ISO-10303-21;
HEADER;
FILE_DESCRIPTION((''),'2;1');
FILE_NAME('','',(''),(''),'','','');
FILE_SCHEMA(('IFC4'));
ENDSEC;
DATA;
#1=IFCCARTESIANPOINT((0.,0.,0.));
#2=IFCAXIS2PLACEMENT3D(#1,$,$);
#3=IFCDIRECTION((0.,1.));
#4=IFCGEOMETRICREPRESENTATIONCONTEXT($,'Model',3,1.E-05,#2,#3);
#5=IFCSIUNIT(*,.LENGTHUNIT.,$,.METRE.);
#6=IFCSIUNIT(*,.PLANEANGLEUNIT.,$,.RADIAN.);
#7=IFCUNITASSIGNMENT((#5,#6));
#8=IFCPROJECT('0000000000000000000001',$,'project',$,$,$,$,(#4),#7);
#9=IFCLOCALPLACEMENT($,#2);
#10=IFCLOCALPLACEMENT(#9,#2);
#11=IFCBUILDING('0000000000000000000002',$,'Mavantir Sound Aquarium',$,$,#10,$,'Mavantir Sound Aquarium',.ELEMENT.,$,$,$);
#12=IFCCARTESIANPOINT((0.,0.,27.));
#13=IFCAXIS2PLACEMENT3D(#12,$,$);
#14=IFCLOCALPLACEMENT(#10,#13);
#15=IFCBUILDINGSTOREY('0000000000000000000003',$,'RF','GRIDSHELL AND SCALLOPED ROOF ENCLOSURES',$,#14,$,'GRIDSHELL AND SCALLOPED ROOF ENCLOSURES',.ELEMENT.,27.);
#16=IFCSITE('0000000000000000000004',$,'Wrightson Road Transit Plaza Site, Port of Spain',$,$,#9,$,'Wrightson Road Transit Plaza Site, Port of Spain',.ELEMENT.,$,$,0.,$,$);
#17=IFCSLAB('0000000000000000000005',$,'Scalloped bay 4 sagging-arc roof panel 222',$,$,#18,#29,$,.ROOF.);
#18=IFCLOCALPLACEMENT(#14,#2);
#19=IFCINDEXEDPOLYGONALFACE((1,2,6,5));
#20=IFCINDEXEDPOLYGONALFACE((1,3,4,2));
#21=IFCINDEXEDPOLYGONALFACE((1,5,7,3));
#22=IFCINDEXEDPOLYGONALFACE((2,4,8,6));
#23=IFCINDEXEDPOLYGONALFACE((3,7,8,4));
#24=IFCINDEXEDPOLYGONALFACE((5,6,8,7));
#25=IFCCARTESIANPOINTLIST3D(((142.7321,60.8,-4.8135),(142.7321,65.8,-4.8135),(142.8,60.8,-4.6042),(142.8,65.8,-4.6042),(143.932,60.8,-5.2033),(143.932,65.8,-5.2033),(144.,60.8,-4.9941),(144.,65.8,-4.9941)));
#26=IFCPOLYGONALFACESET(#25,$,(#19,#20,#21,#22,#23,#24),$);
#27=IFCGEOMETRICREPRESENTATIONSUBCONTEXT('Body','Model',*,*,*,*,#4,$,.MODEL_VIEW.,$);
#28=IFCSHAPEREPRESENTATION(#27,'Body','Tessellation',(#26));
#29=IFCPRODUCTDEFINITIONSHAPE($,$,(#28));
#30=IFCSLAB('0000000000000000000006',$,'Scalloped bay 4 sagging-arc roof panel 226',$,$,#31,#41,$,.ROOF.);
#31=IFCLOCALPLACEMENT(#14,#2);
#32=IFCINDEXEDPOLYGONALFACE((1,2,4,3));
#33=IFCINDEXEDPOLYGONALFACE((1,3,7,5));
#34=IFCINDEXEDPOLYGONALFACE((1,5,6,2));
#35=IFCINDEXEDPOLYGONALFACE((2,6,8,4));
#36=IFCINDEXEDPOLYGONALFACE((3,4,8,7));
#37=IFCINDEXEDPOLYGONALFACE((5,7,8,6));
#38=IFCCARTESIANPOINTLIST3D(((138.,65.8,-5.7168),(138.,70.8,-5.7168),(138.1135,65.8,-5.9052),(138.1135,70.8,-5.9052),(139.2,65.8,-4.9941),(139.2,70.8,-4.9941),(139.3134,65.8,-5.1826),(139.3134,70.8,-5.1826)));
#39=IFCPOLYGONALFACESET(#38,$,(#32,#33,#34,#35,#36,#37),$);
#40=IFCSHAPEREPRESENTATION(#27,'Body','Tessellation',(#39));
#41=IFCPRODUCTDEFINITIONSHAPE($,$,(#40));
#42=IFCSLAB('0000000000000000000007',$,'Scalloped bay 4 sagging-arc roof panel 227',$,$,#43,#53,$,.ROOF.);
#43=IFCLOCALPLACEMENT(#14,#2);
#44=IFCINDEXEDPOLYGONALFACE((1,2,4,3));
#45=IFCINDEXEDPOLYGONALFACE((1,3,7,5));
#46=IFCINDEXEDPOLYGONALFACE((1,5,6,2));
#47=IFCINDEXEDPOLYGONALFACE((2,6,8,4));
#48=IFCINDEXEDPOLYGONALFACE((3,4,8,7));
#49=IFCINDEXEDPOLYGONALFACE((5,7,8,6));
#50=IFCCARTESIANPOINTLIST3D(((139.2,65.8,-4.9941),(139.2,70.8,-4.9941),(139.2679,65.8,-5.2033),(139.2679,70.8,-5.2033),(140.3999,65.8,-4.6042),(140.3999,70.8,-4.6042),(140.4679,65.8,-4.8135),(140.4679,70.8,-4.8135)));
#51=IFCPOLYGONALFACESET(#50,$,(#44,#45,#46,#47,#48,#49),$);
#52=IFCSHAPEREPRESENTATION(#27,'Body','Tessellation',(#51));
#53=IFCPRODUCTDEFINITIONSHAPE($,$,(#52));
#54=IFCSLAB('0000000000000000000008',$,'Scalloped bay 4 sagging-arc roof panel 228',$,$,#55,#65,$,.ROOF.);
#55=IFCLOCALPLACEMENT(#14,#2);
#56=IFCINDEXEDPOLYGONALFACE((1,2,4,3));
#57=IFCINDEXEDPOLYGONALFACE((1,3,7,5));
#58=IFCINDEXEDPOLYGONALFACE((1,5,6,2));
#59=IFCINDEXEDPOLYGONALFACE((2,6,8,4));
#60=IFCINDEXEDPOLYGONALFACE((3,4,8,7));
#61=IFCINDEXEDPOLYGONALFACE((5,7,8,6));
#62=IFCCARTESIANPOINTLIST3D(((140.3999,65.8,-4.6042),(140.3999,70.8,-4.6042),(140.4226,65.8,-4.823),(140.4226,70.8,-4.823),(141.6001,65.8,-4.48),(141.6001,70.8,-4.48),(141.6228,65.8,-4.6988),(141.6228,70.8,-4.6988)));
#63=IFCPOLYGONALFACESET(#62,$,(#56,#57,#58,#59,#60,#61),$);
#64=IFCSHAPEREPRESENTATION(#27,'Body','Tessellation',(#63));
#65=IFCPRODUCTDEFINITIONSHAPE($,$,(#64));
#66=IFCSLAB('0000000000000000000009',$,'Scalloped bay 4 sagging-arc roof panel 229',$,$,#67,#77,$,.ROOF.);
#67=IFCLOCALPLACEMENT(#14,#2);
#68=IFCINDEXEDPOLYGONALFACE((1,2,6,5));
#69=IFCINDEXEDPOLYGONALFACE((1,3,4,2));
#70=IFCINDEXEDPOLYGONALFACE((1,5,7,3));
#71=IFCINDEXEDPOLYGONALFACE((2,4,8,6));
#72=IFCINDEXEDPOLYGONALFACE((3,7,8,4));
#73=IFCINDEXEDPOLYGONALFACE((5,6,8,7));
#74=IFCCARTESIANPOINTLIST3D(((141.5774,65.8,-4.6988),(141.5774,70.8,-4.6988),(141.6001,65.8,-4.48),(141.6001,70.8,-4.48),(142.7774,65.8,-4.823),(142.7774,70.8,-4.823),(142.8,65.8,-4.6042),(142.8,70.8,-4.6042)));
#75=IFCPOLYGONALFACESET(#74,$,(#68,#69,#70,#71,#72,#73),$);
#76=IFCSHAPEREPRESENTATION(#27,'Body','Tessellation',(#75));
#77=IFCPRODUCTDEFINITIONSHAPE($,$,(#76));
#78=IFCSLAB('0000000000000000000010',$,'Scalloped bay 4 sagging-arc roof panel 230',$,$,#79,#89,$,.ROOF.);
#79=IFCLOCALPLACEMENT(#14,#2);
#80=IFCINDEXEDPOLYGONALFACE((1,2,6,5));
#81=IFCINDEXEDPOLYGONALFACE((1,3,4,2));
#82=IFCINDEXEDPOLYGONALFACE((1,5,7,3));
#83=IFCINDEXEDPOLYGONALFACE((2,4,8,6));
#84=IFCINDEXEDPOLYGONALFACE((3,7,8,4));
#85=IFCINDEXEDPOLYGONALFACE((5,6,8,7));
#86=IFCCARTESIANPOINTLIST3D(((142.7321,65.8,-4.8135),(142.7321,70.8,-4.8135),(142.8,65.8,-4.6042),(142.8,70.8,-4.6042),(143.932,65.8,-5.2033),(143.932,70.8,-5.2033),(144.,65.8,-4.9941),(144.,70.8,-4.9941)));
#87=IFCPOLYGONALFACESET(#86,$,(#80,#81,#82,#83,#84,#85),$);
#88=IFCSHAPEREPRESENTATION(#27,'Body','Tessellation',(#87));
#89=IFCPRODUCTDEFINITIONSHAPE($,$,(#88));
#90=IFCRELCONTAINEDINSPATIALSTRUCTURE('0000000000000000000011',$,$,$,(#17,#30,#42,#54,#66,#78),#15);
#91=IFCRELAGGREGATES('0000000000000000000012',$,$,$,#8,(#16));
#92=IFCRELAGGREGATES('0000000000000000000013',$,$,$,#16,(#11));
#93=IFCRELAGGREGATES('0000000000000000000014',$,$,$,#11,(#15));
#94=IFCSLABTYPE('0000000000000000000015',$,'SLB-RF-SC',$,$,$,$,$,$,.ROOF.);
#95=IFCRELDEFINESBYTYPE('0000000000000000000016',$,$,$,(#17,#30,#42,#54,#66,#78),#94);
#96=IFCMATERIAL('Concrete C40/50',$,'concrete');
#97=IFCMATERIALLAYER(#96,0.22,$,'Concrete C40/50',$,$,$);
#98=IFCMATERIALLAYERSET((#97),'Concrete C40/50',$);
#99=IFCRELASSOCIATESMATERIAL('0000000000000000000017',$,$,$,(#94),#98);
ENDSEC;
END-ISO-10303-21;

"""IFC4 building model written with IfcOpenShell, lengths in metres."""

from ifc_helpers import new_model, si_unit, direction, frame, origin, place, context, subcontext, project, spatial, polyline, outline, extrude, material, layer, layer_set, type_object, element, save


model = new_model("IFC4")

# Units and contexts
model_context = context("Model", 3, precision=1e-05, world=origin(), true_north=direction((0.0, 1.0)))
body_context = subcontext(model_context, "Body", "Model", "MODEL_VIEW")
ifc_project = project(units=[si_unit("LENGTHUNIT", "METRE"), si_unit("PLANEANGLEUNIT", "RADIAN")], contexts=[model_context])

# Site, building, storey
site_placement = place(None, origin())
site = spatial("IfcSite", under=ifc_project, at=site_placement, Name="Wrightson Road Transit Plaza Site, Port of Spain", LongName="Wrightson Road Transit Plaza Site, Port of Spain", CompositionType="ELEMENT", RefElevation=0.0)
building_placement = place(site_placement, origin())
building = spatial("IfcBuilding", under=site, at=building_placement, Name="Mavantir Sound Aquarium", LongName="Mavantir Sound Aquarium", CompositionType="ELEMENT")
storey_placement = place(building_placement, frame((0.0, 0.0, 27.0)))
storey = spatial("IfcBuildingStorey", under=building, at=storey_placement, Name="RF", Description="GRIDSHELL AND SCALLOPED ROOF ENCLOSURES", LongName="GRIDSHELL AND SCALLOPED ROOF ENCLOSURES", CompositionType="ELEMENT", Elevation=27.0)

# Slabs
ifc_material_1 = material(Name="Concrete C40/50", Category="concrete")
ifc_layer_1 = layer(ifc_material_1, 0.22, Name="Concrete C40/50")
ifc_layer_set_1 = layer_set([ifc_layer_1], Name="Concrete C40/50")
slab_type = type_object("IfcSlabType", Name="SLB-RF-SC", PredefinedType="ROOF", material=ifc_layer_set_1)
slab_1_placement = place(storey_placement, frame((142.8, 60.8, -4.6042), z_axis=(0.30902, 0.0, 0.951055), x_axis=(0.951055, 0.0, -0.30902)))
element("IfcSlab", 1, at=slab_1_placement, inside=storey, type_object=slab_type, Name="Scalloped bay 4 sagging-arc roof panel 222", PredefinedType="ROOF", context=body_context, shape_type="SweptSolid", body=[
    extrude(outline(polyline([(0.0, 0.0), (1.2617, 0.0), (1.2617, 5.0), (0.0, 5.0), (0.0, 0.0)])), origin(), (0.0, 0.0, -1.0), 0.22),
])
slab_2_placement = place(storey_placement, frame((138.0, 65.8, -5.7168), z_axis=(-0.515905, 0.0, 0.856646), x_axis=(0.856646, 0.0, 0.515905)))
element("IfcSlab", 2, at=slab_2_placement, inside=storey, type_object=slab_type, Name="Scalloped bay 4 sagging-arc roof panel 226", PredefinedType="ROOF", context=body_context, shape_type="SweptSolid", body=[
    extrude(outline(polyline([(0.0, 0.0), (1.4008, 0.0), (1.4008, 5.0), (0.0, 5.0), (0.0, 0.0)])), origin(), (0.0, 0.0, -1.0), 0.22),
])
slab_3_placement = place(storey_placement, frame((139.2, 65.8, -4.9941), z_axis=(-0.30902, 0.0, 0.951055), x_axis=(0.951055, 0.0, 0.30902)))
element("IfcSlab", 3, at=slab_3_placement, inside=storey, type_object=slab_type, Name="Scalloped bay 4 sagging-arc roof panel 227", PredefinedType="ROOF", context=body_context, shape_type="SweptSolid", body=[
    extrude(outline(polyline([(0.0, 0.0), (1.2617, 0.0), (1.2617, 5.0), (0.0, 5.0), (0.0, 0.0)])), origin(), (0.0, 0.0, -1.0), 0.22),
])
slab_4_placement = place(storey_placement, frame((140.3999, 65.8, -4.6042), z_axis=(-0.102989, 0.0, 0.994683), x_axis=(0.994683, 0.0, 0.102989)))
element("IfcSlab", 4, at=slab_4_placement, inside=storey, type_object=slab_type, Name="Scalloped bay 4 sagging-arc roof panel 228", PredefinedType="ROOF", context=body_context, shape_type="SweptSolid", body=[
    extrude(outline(polyline([(0.0, 0.0), (1.2066, 0.0), (1.2066, 5.0), (0.0, 5.0), (0.0, 0.0)])), origin(), (0.0, 0.0, -1.0), 0.22),
])
slab_5_placement = place(storey_placement, frame((141.6001, 65.8, -4.48), z_axis=(0.10301, 0.0, 0.99468), x_axis=(0.99468, 0.0, -0.10301)))
element("IfcSlab", 5, at=slab_5_placement, inside=storey, type_object=slab_type, Name="Scalloped bay 4 sagging-arc roof panel 229", PredefinedType="ROOF", context=body_context, shape_type="SweptSolid", body=[
    extrude(outline(polyline([(0.0, 0.0), (1.2064, 0.0), (1.2064, 5.0), (0.0, 5.0), (0.0, 0.0)])), origin(), (0.0, 0.0, -1.0), 0.22),
])
slab_6_placement = place(storey_placement, frame((142.8, 65.8, -4.6042), z_axis=(0.30902, 0.0, 0.951055), x_axis=(0.951055, 0.0, -0.30902)))
element("IfcSlab", 6, at=slab_6_placement, inside=storey, type_object=slab_type, Name="Scalloped bay 4 sagging-arc roof panel 230", PredefinedType="ROOF", context=body_context, shape_type="SweptSolid", body=[
    extrude(outline(polyline([(0.0, 0.0), (1.2617, 0.0), (1.2617, 5.0), (0.0, 5.0), (0.0, 0.0)])), origin(), (0.0, 0.0, -1.0), 0.22),
])

save(model, "model.ifc")
